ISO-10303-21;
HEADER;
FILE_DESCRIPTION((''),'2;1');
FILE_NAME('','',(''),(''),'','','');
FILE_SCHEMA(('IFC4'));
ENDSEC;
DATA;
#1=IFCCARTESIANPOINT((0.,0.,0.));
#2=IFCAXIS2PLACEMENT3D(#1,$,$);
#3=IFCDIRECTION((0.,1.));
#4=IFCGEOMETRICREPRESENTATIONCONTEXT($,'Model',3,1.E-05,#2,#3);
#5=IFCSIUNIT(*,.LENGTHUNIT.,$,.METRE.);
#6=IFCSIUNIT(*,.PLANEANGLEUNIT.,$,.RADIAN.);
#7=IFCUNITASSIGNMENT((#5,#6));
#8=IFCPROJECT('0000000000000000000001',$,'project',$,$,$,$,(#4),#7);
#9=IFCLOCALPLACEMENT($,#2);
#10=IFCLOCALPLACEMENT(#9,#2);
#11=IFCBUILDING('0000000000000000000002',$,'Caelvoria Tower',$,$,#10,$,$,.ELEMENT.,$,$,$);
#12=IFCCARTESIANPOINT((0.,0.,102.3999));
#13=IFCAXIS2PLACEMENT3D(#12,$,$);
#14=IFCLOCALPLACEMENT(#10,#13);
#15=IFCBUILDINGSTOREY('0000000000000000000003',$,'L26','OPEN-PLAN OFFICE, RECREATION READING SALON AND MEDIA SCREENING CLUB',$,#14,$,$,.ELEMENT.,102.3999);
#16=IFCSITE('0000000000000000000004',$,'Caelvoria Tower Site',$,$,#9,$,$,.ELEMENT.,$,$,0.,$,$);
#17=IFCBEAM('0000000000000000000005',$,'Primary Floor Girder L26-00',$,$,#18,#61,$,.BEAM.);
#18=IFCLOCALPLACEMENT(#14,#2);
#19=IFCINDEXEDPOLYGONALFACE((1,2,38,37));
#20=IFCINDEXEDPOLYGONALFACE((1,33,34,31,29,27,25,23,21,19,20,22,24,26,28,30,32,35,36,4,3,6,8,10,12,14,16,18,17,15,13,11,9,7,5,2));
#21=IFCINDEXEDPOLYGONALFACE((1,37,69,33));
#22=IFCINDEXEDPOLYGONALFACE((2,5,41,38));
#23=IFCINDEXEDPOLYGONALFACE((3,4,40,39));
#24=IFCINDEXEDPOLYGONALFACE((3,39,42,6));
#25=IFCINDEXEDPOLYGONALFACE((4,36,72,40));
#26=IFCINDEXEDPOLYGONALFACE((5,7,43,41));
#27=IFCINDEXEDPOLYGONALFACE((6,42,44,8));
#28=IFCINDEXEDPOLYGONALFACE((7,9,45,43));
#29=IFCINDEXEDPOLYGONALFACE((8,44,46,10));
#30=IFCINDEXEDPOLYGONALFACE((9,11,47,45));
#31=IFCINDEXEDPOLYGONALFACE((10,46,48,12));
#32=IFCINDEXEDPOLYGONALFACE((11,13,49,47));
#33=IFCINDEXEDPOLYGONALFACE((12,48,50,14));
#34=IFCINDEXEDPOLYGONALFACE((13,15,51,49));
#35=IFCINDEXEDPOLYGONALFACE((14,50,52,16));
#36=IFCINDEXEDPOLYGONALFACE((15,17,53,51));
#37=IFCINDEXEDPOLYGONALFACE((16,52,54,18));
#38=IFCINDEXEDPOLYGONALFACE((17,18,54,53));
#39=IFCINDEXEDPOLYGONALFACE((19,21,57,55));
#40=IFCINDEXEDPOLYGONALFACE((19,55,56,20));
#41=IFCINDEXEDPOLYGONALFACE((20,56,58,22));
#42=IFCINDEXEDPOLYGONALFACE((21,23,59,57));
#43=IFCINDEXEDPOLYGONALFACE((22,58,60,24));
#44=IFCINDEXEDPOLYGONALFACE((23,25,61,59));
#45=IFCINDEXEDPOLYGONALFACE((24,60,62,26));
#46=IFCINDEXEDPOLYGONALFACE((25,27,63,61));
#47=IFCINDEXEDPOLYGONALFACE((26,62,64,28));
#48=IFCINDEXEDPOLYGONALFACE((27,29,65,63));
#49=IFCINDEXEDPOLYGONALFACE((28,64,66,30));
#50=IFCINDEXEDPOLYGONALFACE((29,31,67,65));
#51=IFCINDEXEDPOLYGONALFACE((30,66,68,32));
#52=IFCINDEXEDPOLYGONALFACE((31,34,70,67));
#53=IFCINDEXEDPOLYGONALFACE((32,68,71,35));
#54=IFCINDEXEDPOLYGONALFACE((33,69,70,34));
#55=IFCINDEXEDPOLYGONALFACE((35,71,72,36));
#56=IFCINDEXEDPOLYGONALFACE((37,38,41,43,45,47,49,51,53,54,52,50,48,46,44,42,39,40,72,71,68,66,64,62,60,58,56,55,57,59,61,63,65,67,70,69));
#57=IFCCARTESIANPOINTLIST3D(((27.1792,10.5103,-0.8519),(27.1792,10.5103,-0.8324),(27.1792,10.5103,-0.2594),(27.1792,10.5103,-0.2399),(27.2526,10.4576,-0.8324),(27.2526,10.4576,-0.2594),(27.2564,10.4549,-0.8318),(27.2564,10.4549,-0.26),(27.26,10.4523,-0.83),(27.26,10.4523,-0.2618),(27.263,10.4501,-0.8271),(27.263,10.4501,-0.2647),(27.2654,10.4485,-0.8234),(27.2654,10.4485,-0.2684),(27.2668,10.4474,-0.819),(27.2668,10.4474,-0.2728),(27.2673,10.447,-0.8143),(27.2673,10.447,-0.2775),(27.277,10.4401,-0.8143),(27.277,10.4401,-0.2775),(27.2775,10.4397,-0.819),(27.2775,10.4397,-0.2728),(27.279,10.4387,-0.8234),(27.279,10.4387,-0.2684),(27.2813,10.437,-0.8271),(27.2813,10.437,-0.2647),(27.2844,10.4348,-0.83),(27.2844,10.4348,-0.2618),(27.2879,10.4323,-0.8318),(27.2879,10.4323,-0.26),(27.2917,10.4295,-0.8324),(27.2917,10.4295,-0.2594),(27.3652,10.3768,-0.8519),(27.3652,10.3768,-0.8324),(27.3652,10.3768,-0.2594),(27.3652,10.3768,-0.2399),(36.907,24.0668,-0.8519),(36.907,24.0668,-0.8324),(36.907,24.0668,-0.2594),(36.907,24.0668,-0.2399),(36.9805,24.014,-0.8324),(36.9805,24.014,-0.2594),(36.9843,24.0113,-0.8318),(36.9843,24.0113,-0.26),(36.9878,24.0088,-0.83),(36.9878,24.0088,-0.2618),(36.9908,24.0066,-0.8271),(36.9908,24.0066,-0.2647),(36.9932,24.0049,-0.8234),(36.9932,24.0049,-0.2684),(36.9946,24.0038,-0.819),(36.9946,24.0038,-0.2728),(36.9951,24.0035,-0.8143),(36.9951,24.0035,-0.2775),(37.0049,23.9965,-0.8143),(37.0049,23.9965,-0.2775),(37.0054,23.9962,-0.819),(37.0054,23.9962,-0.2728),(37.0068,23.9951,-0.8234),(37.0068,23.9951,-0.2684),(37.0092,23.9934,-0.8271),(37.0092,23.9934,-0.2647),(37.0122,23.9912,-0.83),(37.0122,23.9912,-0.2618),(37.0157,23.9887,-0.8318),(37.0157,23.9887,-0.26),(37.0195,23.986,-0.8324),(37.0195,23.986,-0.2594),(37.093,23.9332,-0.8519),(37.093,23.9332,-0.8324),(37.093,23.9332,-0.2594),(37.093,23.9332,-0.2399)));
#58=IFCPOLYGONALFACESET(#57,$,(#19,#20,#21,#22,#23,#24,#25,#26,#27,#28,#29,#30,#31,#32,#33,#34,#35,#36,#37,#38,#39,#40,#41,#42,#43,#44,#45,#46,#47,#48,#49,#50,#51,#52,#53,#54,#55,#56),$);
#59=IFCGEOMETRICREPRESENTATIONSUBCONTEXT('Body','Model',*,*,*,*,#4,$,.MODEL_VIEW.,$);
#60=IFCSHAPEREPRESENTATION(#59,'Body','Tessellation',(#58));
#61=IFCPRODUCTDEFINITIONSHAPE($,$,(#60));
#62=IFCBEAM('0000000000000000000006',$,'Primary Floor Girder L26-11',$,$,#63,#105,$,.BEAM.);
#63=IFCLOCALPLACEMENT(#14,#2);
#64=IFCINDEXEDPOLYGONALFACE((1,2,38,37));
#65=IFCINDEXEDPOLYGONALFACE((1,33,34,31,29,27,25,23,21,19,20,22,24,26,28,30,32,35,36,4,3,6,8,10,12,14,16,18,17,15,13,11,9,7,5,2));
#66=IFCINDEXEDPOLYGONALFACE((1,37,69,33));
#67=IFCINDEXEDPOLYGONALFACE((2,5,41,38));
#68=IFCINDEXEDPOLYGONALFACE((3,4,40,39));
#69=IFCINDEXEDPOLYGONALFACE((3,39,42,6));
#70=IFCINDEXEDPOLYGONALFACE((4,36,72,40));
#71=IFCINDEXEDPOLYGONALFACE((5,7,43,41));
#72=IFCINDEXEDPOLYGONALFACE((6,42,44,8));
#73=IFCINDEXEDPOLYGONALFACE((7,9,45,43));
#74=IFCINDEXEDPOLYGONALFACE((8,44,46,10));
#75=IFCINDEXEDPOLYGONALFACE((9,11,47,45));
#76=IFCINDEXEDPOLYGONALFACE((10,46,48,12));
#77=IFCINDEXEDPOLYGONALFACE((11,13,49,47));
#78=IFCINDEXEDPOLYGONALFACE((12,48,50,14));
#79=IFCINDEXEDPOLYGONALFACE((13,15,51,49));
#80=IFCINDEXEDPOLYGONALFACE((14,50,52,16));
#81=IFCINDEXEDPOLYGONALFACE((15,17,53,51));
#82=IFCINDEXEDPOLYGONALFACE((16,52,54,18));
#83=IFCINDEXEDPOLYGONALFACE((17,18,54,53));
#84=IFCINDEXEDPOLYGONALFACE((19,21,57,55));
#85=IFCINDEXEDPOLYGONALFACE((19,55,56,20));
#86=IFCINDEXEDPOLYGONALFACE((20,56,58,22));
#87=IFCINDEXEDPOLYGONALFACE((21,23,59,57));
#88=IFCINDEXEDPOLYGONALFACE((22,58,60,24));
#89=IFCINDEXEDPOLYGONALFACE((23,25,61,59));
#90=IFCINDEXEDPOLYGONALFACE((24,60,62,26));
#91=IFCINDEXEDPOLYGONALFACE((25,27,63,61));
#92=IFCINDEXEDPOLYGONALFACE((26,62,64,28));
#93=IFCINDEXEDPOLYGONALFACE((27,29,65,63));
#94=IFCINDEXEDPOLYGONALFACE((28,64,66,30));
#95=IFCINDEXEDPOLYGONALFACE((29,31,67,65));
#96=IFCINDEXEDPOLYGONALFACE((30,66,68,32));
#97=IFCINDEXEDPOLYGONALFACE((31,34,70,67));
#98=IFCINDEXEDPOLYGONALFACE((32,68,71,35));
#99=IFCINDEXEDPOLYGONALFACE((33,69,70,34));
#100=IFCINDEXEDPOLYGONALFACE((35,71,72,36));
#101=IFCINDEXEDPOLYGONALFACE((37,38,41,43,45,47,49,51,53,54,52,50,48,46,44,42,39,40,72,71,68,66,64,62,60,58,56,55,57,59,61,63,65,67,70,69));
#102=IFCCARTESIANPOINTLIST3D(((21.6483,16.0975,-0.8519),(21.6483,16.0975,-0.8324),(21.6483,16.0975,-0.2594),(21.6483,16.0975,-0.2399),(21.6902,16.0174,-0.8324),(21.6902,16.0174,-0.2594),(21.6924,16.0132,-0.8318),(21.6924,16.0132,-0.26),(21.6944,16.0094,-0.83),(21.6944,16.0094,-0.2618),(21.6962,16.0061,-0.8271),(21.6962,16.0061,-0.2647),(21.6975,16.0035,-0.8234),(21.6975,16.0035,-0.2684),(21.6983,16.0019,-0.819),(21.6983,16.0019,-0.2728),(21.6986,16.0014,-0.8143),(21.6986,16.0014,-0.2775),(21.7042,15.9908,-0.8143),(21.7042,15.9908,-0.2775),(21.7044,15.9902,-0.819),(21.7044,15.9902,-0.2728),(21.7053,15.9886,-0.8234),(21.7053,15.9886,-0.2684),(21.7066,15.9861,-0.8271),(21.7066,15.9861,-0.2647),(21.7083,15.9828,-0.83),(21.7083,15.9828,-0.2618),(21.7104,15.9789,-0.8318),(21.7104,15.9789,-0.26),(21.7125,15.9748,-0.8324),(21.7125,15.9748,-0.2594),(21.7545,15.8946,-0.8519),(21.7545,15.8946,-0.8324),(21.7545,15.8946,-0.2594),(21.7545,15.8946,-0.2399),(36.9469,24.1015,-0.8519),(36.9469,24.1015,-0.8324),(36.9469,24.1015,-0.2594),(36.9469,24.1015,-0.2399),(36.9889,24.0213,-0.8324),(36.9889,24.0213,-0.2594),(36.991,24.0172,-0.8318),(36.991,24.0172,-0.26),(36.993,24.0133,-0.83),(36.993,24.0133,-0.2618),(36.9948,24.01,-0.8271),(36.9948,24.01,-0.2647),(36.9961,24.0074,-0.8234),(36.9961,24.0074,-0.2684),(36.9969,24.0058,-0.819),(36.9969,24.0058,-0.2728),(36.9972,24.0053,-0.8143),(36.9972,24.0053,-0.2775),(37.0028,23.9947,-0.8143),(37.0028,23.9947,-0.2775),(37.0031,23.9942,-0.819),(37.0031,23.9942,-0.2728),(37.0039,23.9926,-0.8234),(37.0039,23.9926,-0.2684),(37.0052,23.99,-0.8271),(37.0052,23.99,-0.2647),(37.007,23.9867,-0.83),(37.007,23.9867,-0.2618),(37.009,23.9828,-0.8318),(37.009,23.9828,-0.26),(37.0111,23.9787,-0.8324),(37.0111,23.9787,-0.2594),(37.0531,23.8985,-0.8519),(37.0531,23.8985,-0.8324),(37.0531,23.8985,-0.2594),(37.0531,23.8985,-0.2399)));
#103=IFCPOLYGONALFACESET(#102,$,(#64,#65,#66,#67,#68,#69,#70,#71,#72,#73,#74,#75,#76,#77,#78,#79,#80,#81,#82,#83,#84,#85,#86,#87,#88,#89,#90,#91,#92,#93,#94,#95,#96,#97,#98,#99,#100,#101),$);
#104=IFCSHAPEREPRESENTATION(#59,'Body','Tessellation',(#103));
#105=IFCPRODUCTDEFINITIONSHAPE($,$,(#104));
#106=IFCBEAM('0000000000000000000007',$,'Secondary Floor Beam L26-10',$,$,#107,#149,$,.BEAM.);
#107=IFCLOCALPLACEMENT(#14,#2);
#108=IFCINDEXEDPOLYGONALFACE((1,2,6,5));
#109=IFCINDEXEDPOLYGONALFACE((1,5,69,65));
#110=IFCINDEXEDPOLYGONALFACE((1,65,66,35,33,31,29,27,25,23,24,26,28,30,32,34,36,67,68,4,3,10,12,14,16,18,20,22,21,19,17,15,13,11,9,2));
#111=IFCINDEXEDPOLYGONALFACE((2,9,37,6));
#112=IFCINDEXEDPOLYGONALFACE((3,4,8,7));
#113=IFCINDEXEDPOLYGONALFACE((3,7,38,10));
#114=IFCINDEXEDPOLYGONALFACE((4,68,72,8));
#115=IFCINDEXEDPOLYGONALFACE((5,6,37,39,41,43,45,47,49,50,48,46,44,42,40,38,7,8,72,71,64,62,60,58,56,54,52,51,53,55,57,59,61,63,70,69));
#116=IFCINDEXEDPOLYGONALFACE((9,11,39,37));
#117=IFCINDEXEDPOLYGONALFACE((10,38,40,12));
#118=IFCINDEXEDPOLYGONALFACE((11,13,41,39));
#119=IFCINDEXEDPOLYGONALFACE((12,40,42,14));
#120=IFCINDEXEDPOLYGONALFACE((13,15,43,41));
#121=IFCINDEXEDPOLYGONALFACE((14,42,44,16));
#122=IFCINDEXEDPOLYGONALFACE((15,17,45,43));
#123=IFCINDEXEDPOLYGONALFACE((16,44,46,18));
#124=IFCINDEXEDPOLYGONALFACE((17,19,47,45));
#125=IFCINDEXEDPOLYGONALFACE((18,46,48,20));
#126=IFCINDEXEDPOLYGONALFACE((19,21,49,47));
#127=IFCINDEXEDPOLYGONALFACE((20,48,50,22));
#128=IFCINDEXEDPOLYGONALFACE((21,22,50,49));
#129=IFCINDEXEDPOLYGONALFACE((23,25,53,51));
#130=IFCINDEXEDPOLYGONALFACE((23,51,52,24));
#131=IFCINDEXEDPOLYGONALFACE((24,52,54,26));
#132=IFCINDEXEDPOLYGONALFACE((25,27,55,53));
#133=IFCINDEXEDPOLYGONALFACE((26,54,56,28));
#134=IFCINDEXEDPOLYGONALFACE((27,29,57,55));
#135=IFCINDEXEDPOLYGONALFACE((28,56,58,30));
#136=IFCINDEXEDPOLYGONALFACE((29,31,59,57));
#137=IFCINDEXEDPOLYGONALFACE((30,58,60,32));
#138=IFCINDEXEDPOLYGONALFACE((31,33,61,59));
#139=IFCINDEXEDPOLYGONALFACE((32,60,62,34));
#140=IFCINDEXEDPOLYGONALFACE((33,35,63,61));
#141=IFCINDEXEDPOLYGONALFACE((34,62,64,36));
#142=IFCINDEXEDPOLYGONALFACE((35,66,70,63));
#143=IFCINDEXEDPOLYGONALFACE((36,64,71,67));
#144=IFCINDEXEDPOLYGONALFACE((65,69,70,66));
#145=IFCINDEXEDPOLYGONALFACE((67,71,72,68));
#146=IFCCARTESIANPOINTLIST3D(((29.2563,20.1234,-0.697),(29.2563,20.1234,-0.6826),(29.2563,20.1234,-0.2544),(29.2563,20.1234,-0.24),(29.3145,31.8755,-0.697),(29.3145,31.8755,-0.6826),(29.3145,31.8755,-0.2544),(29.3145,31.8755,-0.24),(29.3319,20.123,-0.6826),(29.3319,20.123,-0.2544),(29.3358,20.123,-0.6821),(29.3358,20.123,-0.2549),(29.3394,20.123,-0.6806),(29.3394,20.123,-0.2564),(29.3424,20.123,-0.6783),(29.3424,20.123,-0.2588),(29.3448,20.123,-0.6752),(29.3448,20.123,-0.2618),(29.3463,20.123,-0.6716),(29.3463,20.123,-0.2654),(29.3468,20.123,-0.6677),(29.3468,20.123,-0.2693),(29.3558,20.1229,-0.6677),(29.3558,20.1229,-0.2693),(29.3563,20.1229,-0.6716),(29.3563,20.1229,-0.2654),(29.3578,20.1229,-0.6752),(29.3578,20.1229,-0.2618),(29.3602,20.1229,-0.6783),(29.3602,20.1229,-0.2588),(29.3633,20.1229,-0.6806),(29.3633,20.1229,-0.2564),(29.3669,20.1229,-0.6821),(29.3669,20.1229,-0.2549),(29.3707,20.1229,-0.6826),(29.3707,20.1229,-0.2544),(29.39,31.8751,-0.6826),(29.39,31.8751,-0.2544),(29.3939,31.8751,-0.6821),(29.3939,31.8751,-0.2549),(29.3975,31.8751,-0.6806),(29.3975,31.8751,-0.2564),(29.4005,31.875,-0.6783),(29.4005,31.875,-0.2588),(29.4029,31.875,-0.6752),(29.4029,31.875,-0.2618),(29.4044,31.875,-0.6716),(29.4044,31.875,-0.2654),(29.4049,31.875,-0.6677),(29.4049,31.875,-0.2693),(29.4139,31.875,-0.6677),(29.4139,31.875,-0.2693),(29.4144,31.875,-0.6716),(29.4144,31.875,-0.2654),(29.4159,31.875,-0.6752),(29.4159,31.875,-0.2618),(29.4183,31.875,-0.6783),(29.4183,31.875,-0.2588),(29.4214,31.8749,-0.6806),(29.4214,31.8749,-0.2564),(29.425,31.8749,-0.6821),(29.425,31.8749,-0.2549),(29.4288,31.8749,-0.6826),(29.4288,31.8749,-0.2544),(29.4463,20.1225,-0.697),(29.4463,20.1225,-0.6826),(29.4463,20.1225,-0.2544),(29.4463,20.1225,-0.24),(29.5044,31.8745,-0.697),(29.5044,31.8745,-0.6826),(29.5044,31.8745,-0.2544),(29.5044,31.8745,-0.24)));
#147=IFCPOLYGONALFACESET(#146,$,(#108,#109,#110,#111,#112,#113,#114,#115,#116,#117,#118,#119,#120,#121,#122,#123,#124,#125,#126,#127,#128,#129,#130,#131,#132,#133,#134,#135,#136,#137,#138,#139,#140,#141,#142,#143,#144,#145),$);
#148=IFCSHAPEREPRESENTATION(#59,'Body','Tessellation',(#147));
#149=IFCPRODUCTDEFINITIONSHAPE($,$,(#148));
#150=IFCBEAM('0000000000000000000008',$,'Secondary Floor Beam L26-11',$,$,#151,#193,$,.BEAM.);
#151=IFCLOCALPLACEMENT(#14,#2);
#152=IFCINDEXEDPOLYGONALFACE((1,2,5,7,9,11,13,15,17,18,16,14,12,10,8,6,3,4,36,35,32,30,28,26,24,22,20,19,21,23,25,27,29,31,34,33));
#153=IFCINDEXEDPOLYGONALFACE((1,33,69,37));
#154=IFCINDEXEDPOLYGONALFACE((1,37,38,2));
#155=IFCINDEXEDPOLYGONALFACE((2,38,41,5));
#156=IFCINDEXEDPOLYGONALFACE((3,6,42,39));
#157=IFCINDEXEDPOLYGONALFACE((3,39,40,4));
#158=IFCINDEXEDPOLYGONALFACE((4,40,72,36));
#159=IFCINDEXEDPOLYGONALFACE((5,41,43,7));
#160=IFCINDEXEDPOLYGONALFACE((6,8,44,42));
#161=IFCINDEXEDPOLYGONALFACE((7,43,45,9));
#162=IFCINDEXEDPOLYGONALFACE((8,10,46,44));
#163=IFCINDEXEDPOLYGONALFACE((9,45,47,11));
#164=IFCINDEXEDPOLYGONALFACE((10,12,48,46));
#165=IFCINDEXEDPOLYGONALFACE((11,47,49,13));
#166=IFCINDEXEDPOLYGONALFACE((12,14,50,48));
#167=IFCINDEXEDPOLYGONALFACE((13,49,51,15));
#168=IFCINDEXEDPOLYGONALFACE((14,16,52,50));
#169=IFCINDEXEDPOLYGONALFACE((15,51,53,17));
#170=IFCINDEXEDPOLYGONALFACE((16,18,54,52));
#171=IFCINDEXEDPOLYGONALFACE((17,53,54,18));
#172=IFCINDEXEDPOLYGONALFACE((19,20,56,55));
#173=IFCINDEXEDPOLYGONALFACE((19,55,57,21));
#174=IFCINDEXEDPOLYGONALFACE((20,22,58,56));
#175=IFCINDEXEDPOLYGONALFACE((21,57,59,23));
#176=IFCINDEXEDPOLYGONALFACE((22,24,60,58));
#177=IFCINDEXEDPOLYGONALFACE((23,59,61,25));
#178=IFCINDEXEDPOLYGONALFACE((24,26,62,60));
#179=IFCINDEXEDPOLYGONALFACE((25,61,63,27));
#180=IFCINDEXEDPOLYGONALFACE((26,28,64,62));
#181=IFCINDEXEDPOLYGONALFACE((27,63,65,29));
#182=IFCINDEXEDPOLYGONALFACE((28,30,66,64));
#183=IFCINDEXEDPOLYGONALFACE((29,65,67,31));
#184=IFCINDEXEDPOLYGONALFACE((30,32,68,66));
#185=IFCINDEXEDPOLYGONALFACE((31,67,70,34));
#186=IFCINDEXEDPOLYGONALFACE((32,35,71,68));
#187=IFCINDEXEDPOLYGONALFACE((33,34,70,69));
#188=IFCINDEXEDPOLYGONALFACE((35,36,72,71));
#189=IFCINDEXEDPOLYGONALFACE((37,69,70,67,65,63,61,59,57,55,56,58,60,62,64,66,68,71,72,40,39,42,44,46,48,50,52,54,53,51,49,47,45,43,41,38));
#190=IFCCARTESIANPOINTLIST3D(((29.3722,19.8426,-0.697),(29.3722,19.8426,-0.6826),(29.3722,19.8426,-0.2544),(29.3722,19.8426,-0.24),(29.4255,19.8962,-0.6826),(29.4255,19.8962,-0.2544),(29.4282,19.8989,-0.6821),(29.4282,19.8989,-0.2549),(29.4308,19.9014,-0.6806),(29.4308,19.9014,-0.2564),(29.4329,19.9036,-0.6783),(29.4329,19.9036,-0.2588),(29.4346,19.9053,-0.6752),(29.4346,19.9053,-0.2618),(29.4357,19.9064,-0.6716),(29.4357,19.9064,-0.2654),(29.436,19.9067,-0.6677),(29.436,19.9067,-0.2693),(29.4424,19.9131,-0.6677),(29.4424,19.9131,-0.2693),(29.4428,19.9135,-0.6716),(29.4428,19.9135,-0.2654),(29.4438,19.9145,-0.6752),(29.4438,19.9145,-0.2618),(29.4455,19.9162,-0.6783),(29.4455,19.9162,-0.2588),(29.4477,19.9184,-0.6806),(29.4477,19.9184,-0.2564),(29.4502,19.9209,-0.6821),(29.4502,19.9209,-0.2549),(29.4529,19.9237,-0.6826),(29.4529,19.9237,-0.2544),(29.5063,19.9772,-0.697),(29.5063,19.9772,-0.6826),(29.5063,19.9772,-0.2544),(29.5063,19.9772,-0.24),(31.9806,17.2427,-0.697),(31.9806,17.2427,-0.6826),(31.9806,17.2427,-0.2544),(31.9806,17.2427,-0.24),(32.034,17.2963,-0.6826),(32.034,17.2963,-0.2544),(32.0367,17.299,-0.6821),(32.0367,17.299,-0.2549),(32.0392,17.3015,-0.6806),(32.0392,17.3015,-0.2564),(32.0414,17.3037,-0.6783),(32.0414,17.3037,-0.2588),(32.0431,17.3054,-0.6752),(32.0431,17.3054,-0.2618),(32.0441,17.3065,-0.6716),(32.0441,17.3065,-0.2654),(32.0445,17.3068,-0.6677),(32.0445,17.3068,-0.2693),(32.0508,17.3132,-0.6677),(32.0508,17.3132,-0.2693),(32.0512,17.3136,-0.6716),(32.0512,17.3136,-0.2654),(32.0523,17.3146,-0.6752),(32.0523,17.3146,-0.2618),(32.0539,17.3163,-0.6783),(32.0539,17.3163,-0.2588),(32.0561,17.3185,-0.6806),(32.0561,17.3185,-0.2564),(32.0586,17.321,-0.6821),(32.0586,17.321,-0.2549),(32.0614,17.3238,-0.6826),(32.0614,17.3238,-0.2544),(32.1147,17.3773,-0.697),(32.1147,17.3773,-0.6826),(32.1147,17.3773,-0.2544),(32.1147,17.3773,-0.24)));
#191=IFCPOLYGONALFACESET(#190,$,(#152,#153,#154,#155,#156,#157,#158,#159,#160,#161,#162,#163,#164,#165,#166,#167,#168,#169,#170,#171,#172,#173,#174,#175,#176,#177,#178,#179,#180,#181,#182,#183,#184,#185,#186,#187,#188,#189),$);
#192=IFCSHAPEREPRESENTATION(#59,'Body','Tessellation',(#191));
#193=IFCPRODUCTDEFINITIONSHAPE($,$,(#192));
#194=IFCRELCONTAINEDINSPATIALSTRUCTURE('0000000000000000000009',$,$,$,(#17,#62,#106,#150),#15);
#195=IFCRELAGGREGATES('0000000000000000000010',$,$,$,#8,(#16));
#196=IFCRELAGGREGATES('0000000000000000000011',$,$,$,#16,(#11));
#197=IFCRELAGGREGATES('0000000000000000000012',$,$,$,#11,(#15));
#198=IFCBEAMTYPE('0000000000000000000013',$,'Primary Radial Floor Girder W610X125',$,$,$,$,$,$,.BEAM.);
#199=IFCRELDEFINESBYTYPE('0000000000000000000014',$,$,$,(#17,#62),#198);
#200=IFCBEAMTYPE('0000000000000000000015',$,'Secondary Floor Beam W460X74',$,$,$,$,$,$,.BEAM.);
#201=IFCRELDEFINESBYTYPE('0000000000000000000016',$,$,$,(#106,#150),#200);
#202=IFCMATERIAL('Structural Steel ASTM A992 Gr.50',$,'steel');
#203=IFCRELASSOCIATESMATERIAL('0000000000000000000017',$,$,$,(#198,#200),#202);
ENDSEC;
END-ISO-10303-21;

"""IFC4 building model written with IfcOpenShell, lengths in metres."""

from ifc_helpers import new_model, si_unit, direction, frame, origin, origin_2d, place, context, subcontext, project, spatial, i_section, extrude, material, material_profile, profile_set, type_object, element, save


model = new_model("IFC4")

# Units and contexts
model_context = context("Model", 3, precision=1e-05, world=origin(), true_north=direction((0.0, 1.0)))
body_context = subcontext(model_context, "Body", "Model", "MODEL_VIEW")
ifc_project = project(units=[si_unit("LENGTHUNIT", "METRE"), si_unit("PLANEANGLEUNIT", "RADIAN")], contexts=[model_context])

# Site, building, storey
site_placement = place(None, origin())
site = spatial("IfcSite", under=ifc_project, at=site_placement, Name="Caelvoria Tower Site", CompositionType="ELEMENT", RefElevation=0.0)
building_placement = place(site_placement, origin())
building = spatial("IfcBuilding", under=site, at=building_placement, Name="Caelvoria Tower", CompositionType="ELEMENT")
storey_placement = place(building_placement, frame((0.0, 0.0, 102.3999)))
storey = spatial("IfcBuildingStorey", under=building, at=storey_placement, Name="L26", Description="OPEN-PLAN OFFICE, RECREATION READING SALON AND MEDIA SCREENING CLUB", CompositionType="ELEMENT", Elevation=102.3999)

# Beams
ifc_material_1 = material(Name="Structural Steel ASTM A992 Gr.50", Category="steel")
ifc_material_profile_1 = material_profile(ifc_material_1, i_section(OverallWidth=0.229, OverallDepth=0.6121, WebThickness=0.012, FlangeThickness=0.0195, FilletRadius=0.0181, at=origin_2d()), Name="Structural Steel ASTM A992 Gr.50")
ifc_profile_set_1 = profile_set([ifc_material_profile_1], Name="W610X125 - Structural Steel ASTM A992 Gr.50")
beam_type_1 = type_object("IfcBeamType", Name="Primary Radial Floor Girder W610X125", PredefinedType="BEAM", material=ifc_profile_set_1)
beam_1_placement = place(storey_placement, frame((37.0, 24.0, -0.5459), z_axis=(-0.583008, -0.812466, 0.0), x_axis=(0.812466, -0.583008, 0.0)))
element("IfcBeam", 1, at=beam_1_placement, inside=storey, type_object=beam_type_1, Name="Primary Floor Girder L26-00", PredefinedType="BEAM", context=body_context, shape_type="SweptSolid", body=[
    extrude(i_section(OverallWidth=0.229, OverallDepth=0.6121, WebThickness=0.012, FlangeThickness=0.0195, FilletRadius=0.0181, at=origin_2d()), origin(), (0.0, 0.0, 1.0), 16.6855),
])
beam_2_placement = place(storey_placement, frame((37.0, 24.0, -0.5459), z_axis=(-0.886061, -0.463569, 0.0), x_axis=(0.463569, -0.886061, 0.0)))
element("IfcBeam", 2, at=beam_2_placement, inside=storey, type_object=beam_type_1, Name="Primary Floor Girder L26-11", PredefinedType="BEAM", context=body_context, shape_type="SweptSolid", body=[
    extrude(i_section(OverallWidth=0.229, OverallDepth=0.6121, WebThickness=0.012, FlangeThickness=0.0195, FilletRadius=0.0181, at=origin_2d()), origin(), (0.0, 0.0, 1.0), 17.2659),
])
ifc_material_profile_2 = material_profile(ifc_material_1, i_section(OverallWidth=0.1899, OverallDepth=0.457, WebThickness=0.009, FlangeThickness=0.0144, FilletRadius=0.0149, at=origin_2d()), Name="Structural Steel ASTM A992 Gr.50")
ifc_profile_set_2 = profile_set([ifc_material_profile_2], Name="W460X74 - Structural Steel ASTM A992 Gr.50")
beam_type_2 = type_object("IfcBeamType", Name="Secondary Floor Beam W460X74", PredefinedType="BEAM", material=ifc_profile_set_2)
beam_3_placement = place(storey_placement, frame((29.4094, 31.875, -0.4685), z_axis=(-0.004944, -0.999988, 0.0), x_axis=(0.999988, -0.004944, 0.0)))
element("IfcBeam", 3, at=beam_3_placement, inside=storey, type_object=beam_type_2, Name="Secondary Floor Beam L26-10", PredefinedType="BEAM", context=body_context, shape_type="SweptSolid", body=[
    extrude(i_section(OverallWidth=0.1899, OverallDepth=0.457, WebThickness=0.009, FlangeThickness=0.0144, FilletRadius=0.0149, at=origin_2d()), origin(), (0.0, 0.0, 1.0), 11.7522),
])
beam_4_placement = place(storey_placement, frame((29.4392, 19.9099, -0.4685), z_axis=(0.708266, -0.705946, 0.0), x_axis=(0.705946, 0.708266, 0.0)))
element("IfcBeam", 4, at=beam_4_placement, inside=storey, type_object=beam_type_2, Name="Secondary Floor Beam L26-11", PredefinedType="BEAM", context=body_context, shape_type="SweptSolid", body=[
    extrude(i_section(OverallWidth=0.1899, OverallDepth=0.457, WebThickness=0.009, FlangeThickness=0.0144, FilletRadius=0.0149, at=origin_2d()), origin(), (0.0, 0.0, 1.0), 3.6829),
])

save(model, "model.ifc")
